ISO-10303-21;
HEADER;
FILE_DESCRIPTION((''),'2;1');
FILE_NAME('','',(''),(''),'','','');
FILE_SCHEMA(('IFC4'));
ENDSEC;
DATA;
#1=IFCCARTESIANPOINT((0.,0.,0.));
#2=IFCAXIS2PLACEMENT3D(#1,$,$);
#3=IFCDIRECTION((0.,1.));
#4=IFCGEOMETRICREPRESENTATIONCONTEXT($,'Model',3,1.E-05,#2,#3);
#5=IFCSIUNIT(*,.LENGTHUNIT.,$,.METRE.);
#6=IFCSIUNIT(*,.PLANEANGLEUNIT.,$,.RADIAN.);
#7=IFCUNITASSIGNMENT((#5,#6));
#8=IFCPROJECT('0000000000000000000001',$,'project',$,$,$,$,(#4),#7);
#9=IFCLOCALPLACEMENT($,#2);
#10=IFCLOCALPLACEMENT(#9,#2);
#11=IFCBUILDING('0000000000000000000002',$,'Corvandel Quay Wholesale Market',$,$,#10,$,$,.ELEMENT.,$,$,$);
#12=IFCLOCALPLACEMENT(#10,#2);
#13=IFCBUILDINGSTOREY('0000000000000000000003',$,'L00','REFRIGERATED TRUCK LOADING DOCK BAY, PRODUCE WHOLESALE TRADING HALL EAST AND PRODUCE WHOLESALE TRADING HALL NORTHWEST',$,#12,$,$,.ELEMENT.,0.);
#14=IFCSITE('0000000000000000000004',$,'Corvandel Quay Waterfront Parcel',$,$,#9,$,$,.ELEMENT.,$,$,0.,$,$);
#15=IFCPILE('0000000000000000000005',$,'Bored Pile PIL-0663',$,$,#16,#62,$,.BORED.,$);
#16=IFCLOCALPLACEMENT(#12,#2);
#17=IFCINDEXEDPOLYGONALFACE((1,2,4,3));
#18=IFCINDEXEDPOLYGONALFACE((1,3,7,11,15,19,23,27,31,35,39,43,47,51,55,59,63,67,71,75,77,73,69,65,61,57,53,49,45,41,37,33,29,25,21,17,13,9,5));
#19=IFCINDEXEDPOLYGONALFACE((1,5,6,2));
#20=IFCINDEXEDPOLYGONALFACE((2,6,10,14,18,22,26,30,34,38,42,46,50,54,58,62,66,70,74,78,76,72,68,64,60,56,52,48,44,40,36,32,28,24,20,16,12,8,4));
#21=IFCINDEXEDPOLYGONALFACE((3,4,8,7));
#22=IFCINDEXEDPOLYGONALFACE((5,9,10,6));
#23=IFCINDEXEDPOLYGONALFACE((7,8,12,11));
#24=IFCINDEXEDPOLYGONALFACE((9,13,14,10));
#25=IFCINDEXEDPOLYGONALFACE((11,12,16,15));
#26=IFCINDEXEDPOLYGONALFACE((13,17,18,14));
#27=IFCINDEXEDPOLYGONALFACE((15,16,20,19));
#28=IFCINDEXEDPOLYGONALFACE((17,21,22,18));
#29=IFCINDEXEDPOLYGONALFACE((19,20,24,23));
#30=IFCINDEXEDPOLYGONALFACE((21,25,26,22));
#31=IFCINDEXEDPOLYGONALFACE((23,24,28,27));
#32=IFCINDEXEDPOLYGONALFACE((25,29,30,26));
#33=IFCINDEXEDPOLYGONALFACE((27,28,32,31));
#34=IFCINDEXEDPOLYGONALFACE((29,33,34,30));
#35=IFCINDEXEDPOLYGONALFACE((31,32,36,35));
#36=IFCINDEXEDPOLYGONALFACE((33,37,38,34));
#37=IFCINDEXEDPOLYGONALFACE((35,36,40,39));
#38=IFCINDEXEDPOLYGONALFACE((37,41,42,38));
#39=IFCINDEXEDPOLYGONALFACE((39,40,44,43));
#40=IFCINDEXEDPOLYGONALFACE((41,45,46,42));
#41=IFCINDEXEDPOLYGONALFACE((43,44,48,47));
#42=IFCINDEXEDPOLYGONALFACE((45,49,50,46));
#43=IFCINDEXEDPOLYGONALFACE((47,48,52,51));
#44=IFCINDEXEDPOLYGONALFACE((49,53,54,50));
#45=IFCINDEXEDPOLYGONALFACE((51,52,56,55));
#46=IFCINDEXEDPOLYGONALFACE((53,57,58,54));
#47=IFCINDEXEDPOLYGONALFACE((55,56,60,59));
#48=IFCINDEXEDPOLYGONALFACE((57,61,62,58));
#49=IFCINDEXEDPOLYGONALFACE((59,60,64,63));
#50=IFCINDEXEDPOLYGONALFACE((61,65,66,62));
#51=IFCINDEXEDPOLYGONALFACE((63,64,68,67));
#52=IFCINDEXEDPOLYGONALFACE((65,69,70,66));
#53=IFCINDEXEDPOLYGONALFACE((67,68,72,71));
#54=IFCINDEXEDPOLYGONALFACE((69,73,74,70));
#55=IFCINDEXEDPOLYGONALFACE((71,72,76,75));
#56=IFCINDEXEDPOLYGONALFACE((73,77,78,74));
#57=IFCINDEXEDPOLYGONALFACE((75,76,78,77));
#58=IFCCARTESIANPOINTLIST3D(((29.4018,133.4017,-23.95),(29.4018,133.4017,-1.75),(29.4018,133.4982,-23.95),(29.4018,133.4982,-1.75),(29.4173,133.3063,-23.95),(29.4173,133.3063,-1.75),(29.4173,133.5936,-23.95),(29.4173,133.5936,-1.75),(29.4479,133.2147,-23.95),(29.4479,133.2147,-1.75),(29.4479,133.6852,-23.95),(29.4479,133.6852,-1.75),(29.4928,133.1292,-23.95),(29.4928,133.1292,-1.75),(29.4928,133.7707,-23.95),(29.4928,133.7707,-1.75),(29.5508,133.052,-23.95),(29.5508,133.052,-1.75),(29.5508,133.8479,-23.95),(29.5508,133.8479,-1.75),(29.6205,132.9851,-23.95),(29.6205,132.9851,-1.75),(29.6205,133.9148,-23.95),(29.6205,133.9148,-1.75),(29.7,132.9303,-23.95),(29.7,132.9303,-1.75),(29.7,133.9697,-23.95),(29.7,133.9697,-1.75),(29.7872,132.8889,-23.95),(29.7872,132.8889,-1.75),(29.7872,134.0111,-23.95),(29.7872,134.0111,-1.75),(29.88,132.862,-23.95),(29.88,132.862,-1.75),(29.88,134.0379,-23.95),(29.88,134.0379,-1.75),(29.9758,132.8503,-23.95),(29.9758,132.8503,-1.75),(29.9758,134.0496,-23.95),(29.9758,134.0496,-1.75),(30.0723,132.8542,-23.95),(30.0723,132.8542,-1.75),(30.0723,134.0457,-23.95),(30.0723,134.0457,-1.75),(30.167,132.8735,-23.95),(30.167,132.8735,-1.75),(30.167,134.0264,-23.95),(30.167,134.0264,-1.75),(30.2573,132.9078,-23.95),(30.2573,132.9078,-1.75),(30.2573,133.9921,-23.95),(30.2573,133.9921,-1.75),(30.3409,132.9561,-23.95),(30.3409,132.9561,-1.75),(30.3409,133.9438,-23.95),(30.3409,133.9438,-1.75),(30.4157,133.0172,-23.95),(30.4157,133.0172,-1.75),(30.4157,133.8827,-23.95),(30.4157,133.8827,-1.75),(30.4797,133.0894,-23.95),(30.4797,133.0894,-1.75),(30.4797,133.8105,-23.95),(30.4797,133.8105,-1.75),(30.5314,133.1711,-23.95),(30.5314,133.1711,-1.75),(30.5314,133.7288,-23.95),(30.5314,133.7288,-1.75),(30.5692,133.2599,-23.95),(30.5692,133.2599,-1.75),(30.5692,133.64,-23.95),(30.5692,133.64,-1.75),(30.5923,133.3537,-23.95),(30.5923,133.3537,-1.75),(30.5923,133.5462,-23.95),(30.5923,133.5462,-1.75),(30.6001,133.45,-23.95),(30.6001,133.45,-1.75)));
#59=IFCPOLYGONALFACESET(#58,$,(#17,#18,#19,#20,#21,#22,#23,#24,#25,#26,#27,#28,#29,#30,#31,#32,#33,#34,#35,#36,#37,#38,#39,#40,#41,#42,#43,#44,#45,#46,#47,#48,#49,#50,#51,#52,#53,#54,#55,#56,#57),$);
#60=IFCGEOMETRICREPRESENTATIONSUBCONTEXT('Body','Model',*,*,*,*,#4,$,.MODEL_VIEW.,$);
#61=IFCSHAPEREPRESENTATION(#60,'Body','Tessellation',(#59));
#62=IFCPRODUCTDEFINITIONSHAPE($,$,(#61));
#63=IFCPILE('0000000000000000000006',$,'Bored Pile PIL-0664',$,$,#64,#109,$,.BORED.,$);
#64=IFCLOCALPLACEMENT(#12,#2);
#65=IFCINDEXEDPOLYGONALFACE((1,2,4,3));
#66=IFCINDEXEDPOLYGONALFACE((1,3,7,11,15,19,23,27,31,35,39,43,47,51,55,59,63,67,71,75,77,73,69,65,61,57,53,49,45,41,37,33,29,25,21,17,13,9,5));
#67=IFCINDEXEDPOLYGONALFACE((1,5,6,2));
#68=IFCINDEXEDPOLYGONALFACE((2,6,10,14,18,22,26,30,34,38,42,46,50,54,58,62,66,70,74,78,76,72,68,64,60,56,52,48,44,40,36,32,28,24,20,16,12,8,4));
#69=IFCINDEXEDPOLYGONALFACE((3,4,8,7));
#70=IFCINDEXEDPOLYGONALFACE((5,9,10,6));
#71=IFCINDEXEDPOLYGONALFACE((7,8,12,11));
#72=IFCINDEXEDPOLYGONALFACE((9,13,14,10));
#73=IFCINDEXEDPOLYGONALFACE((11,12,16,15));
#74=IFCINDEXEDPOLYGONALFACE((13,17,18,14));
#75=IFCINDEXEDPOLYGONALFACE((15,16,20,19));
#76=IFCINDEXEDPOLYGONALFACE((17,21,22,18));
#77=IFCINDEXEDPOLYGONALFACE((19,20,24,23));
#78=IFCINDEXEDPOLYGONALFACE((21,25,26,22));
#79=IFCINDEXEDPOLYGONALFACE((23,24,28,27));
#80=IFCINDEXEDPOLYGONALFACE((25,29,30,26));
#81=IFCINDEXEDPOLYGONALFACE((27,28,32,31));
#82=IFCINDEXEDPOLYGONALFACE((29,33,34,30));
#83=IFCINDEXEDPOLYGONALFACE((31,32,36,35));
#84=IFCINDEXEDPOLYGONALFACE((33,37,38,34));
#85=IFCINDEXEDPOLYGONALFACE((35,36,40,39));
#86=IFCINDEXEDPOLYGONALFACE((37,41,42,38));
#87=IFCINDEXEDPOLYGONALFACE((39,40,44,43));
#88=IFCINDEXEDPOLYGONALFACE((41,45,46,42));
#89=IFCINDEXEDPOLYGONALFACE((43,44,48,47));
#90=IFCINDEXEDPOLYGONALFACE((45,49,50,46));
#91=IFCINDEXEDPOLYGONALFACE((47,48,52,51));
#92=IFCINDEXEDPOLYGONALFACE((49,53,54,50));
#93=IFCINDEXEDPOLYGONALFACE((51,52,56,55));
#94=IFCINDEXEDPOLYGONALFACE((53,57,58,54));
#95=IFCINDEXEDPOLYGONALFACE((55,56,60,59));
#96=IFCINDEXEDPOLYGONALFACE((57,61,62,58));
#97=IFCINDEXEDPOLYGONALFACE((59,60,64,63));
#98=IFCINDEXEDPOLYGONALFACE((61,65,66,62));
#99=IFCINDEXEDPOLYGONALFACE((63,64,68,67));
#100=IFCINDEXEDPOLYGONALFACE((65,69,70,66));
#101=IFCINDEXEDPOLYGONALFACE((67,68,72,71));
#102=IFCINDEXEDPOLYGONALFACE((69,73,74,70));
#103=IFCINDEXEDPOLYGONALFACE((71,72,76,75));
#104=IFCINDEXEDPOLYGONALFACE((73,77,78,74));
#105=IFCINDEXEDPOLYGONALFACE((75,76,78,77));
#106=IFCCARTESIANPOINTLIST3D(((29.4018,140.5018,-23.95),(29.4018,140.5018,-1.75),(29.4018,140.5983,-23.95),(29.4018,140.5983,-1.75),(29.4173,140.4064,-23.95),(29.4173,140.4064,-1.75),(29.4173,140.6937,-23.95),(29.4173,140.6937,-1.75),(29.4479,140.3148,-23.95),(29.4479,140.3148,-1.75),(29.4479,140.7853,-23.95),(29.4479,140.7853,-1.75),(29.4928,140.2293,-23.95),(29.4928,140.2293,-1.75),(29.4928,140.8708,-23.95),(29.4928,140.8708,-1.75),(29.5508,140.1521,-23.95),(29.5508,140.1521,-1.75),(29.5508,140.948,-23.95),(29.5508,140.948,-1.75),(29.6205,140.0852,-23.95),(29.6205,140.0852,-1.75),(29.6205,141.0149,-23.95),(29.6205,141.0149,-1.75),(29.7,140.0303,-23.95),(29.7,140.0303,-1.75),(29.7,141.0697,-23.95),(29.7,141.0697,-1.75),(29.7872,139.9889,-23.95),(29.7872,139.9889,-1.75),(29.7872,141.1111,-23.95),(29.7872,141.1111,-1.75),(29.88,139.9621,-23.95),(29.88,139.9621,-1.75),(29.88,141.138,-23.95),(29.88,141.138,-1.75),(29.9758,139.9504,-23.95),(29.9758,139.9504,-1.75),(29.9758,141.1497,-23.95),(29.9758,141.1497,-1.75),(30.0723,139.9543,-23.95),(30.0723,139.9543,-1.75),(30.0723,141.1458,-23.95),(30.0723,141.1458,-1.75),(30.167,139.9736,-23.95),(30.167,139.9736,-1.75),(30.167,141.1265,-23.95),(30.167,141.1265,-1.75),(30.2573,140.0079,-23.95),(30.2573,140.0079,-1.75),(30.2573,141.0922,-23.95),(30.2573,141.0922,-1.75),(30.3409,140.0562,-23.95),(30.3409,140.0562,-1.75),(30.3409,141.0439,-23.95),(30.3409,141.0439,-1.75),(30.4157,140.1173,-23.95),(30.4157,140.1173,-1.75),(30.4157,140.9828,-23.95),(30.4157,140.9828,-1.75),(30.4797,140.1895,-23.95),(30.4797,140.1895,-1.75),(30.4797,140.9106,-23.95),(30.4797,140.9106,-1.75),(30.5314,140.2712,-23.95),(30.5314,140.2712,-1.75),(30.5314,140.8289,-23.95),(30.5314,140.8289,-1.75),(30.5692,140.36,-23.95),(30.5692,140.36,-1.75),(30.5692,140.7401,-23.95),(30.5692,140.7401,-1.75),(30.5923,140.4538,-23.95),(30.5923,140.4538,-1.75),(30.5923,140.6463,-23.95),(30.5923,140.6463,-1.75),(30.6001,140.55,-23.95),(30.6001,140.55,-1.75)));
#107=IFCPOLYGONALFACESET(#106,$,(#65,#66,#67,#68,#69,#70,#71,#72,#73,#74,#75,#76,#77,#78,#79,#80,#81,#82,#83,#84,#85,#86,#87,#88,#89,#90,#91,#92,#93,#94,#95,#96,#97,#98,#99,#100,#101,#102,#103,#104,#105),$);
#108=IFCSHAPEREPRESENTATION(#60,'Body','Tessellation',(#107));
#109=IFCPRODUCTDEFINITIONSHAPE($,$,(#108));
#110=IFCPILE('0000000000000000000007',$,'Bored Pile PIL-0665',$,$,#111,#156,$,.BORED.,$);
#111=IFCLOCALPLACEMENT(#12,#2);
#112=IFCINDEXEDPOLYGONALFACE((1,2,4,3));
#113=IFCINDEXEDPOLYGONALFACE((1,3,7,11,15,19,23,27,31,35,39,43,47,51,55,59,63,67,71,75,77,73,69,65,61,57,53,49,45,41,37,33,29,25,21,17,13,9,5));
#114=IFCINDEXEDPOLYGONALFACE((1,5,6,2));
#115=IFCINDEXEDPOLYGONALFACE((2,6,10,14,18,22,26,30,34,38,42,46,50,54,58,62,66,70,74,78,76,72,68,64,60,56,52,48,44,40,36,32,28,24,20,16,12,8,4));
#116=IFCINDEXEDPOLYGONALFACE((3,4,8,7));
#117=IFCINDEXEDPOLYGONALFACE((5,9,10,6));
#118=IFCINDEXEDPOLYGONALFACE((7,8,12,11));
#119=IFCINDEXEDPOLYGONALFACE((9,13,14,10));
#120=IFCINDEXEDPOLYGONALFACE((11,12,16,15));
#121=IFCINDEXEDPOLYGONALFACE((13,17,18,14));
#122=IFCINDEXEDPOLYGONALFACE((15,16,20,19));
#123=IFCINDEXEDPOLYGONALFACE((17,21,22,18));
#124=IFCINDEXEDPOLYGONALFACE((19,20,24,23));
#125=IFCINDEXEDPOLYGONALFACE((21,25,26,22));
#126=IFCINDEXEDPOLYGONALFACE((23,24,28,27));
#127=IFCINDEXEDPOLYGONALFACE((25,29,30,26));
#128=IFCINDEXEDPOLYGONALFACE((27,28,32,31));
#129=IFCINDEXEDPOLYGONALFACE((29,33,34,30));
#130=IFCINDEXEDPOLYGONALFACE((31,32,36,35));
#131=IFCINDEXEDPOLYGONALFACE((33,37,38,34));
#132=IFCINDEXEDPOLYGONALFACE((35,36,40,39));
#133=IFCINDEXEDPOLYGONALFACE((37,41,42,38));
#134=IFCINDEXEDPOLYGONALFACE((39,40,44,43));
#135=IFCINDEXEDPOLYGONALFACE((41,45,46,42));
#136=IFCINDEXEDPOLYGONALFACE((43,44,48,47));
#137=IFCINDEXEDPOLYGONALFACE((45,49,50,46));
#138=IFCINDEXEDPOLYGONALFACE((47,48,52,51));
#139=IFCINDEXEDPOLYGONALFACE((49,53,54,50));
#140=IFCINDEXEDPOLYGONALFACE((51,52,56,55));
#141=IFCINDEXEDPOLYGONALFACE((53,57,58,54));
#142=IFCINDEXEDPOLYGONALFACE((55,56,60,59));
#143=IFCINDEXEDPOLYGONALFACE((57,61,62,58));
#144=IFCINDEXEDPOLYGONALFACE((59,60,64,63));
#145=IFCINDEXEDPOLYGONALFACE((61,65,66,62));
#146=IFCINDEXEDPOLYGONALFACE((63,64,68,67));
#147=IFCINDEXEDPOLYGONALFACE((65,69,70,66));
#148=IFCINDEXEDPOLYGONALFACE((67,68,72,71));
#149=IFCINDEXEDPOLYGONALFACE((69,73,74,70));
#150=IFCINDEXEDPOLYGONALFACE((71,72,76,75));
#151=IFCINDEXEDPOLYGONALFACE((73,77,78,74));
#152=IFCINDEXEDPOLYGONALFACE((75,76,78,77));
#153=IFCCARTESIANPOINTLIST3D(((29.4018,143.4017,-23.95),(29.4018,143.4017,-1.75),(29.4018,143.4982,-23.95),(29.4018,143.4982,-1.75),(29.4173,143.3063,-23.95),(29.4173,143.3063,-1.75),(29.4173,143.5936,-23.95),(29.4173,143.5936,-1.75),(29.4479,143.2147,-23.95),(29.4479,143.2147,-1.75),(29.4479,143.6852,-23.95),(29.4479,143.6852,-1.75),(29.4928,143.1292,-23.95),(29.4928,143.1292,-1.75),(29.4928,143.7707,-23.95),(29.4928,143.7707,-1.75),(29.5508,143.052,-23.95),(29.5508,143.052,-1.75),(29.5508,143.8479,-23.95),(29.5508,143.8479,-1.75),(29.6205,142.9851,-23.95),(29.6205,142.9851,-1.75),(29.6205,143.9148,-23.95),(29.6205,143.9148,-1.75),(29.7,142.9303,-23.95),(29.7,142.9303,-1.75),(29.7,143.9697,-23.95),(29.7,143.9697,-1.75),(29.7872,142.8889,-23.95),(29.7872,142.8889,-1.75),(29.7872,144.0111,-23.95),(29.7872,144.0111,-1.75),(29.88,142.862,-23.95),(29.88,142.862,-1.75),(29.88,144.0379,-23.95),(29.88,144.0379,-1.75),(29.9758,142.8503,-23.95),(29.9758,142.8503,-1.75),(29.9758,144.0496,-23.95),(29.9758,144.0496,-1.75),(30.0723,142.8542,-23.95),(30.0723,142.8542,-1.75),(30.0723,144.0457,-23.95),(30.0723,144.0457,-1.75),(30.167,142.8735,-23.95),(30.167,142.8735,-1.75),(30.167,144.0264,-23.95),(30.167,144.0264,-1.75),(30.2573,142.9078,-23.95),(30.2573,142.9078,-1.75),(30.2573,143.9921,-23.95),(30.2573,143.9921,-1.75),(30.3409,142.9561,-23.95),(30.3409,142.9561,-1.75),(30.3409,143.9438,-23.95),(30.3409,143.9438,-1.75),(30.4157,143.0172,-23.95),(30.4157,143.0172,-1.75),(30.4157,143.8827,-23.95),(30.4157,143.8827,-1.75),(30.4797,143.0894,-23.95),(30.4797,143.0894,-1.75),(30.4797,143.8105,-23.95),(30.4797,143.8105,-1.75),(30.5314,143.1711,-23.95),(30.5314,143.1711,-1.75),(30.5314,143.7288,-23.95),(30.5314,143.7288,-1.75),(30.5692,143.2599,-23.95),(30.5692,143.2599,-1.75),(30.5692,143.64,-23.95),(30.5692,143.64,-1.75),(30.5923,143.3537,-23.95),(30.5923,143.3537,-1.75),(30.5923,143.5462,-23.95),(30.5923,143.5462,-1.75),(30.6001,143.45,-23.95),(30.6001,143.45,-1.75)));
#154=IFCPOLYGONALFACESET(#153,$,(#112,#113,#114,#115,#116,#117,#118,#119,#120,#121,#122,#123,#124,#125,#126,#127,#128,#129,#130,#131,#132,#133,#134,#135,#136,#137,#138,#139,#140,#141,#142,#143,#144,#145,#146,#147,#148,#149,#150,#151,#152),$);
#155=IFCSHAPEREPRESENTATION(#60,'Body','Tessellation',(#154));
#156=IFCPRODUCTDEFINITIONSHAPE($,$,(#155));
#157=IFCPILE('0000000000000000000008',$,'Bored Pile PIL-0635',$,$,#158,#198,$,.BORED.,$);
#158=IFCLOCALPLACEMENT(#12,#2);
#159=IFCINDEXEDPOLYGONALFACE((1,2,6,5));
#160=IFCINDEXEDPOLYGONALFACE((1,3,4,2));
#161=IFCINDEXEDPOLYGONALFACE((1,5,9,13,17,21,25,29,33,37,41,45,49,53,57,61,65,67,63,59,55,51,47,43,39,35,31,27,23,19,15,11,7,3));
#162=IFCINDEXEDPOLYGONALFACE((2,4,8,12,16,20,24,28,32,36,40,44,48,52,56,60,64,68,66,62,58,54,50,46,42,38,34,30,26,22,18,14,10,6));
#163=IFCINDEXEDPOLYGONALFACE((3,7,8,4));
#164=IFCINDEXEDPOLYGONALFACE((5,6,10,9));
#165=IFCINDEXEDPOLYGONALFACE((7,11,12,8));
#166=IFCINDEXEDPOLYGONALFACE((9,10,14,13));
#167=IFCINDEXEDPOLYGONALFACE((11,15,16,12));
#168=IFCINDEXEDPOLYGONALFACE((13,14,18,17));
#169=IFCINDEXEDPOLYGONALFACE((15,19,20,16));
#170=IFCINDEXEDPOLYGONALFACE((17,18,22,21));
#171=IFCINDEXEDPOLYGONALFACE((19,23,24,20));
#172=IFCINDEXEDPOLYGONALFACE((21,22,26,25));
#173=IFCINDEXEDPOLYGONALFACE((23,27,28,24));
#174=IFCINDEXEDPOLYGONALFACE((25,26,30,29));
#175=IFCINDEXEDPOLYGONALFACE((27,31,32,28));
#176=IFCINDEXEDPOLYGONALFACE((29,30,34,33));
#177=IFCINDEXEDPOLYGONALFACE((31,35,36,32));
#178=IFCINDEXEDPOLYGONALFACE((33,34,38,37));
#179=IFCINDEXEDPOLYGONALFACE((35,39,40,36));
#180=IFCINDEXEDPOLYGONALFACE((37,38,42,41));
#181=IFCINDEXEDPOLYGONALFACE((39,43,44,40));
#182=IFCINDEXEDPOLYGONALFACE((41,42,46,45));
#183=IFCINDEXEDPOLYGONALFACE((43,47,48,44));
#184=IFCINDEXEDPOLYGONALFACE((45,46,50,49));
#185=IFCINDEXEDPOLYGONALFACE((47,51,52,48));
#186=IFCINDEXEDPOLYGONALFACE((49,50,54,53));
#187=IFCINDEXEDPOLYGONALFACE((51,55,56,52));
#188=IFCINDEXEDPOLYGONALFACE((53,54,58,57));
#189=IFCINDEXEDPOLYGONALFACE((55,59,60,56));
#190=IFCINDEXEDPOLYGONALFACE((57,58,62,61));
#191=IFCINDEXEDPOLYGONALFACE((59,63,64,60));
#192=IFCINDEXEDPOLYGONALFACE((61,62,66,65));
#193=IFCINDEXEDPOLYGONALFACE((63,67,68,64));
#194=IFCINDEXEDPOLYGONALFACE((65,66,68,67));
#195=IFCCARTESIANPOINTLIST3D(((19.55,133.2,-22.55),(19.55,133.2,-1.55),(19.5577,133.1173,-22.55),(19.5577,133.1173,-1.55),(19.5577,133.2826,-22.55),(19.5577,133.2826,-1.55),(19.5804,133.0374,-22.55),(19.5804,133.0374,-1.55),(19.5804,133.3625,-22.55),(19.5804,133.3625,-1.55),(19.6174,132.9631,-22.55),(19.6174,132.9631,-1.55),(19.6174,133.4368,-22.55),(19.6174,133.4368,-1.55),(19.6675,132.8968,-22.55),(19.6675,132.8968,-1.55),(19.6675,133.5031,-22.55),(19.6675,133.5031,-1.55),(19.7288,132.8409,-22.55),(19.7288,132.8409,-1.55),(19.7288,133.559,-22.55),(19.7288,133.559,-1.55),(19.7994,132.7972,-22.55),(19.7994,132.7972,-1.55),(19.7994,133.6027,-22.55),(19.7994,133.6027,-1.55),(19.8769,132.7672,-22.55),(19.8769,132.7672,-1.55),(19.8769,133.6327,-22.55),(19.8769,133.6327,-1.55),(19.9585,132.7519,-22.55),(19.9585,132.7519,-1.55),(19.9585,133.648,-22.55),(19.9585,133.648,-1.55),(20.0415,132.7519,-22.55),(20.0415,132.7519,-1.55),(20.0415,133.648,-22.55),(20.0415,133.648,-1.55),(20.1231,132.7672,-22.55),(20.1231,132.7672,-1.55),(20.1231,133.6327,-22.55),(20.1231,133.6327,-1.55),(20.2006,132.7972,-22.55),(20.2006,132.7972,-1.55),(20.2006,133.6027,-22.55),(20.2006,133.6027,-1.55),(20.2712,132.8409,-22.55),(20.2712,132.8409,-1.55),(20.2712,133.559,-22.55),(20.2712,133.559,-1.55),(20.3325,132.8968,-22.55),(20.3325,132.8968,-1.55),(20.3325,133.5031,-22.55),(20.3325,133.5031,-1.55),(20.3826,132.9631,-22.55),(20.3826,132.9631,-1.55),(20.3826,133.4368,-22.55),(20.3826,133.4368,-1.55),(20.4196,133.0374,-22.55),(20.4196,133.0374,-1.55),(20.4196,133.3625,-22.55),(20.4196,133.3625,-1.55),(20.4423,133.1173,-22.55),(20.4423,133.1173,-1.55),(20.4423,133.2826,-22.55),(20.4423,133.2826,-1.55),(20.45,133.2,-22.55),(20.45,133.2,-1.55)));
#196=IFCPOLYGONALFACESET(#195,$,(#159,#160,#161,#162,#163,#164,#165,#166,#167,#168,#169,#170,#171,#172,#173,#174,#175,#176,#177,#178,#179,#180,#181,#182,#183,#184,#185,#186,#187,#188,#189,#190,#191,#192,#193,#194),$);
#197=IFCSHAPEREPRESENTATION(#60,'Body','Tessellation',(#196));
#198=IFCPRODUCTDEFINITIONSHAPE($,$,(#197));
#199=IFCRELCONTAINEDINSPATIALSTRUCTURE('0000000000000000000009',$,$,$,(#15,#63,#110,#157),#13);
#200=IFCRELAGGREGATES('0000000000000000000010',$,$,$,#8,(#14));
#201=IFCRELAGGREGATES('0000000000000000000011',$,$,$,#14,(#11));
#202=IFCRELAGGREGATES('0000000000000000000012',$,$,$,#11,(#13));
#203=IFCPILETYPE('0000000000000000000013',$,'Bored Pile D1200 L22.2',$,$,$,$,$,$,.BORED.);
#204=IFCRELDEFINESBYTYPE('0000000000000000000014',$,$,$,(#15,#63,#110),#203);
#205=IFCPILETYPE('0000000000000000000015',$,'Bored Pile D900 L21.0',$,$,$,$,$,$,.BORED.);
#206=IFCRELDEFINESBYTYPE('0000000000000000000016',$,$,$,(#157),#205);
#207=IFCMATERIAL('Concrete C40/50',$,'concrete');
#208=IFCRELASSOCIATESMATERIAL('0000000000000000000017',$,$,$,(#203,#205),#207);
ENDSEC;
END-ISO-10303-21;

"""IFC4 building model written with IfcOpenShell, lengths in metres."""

from ifc_helpers import new_model, si_unit, direction, frame, origin, origin_2d, place, context, subcontext, project, spatial, circle, extrude, material, material_profile, profile_set, type_object, element, save


model = new_model("IFC4")

# Units and contexts
model_context = context("Model", 3, precision=1e-05, world=origin(), true_north=direction((0.0, 1.0)))
body_context = subcontext(model_context, "Body", "Model", "MODEL_VIEW")
ifc_project = project(units=[si_unit("LENGTHUNIT", "METRE"), si_unit("PLANEANGLEUNIT", "RADIAN")], contexts=[model_context])

# Site, building, storey
site_placement = place(None, origin())
site = spatial("IfcSite", under=ifc_project, at=site_placement, Name="Corvandel Quay Waterfront Parcel", CompositionType="ELEMENT", RefElevation=0.0)
building_placement = place(site_placement, origin())
building = spatial("IfcBuilding", under=site, at=building_placement, Name="Corvandel Quay Wholesale Market", CompositionType="ELEMENT")
storey_placement = place(building_placement, origin())
storey = spatial("IfcBuildingStorey", under=building, at=storey_placement, Name="L00", Description="REFRIGERATED TRUCK LOADING DOCK BAY, PRODUCE WHOLESALE TRADING HALL EAST AND PRODUCE WHOLESALE TRADING HALL NORTHWEST", CompositionType="ELEMENT", Elevation=0.0)

# Piles
ifc_material_1 = material(Name="Concrete C40/50", Category="concrete")
ifc_material_profile_1 = material_profile(ifc_material_1, circle(Radius=0.6001, at=origin_2d()), Name="RC-PILE-D1200")
ifc_profile_set_1 = profile_set([ifc_material_profile_1], Name="Concrete C40/50")
pile_type_1 = type_object("IfcPileType", Name="Bored Pile D1200 L22.2", PredefinedType="BORED", material=ifc_profile_set_1)
for number, where, z_axis, x_axis, name in (
    (1, (30.0, 133.45, -1.75), (0.0, 0.0, -1.0), (1.0, 0.0, 0.0), "Bored Pile PIL-0663"),
    (2, (30.0, 140.55, -1.75), (0.0, 0.0, -1.0), (1.0, 0.0, 0.0), "Bored Pile PIL-0664"),
    (3, (30.0, 143.45, -1.75), (0.0, 0.0, -1.0), (1.0, 0.0, 0.0), "Bored Pile PIL-0665"),
):
    element("IfcPile", number, at=place(storey_placement, frame(where, z_axis=z_axis, x_axis=x_axis)), inside=storey, type_object=pile_type_1, Name=name, PredefinedType="BORED", context=body_context, shape_type="SweptSolid", body=[
        extrude(circle(Radius=0.6001, at=origin_2d()), origin(), (0.0, 0.0, 1.0), 22.2),
    ])
ifc_material_profile_2 = material_profile(ifc_material_1, circle(Radius=0.45, at=origin_2d()), Name="RC-PILE-D900")
ifc_profile_set_2 = profile_set([ifc_material_profile_2], Name="Concrete C40/50")
pile_type_2 = type_object("IfcPileType", Name="Bored Pile D900 L21.0", PredefinedType="BORED", material=ifc_profile_set_2)
for number, where, z_axis, x_axis, name in (
    (4, (20.0, 133.2, -1.55), (0.0, 0.0, -1.0), (1.0, 0.0, 0.0), "Bored Pile PIL-0635"),
):
    element("IfcPile", number, at=place(storey_placement, frame(where, z_axis=z_axis, x_axis=x_axis)), inside=storey, type_object=pile_type_2, Name=name, PredefinedType="BORED", context=body_context, shape_type="SweptSolid", body=[
        extrude(circle(Radius=0.45, at=origin_2d()), origin(), (0.0, 0.0, 1.0), 21.0),
    ])

save(model, "model.ifc")
